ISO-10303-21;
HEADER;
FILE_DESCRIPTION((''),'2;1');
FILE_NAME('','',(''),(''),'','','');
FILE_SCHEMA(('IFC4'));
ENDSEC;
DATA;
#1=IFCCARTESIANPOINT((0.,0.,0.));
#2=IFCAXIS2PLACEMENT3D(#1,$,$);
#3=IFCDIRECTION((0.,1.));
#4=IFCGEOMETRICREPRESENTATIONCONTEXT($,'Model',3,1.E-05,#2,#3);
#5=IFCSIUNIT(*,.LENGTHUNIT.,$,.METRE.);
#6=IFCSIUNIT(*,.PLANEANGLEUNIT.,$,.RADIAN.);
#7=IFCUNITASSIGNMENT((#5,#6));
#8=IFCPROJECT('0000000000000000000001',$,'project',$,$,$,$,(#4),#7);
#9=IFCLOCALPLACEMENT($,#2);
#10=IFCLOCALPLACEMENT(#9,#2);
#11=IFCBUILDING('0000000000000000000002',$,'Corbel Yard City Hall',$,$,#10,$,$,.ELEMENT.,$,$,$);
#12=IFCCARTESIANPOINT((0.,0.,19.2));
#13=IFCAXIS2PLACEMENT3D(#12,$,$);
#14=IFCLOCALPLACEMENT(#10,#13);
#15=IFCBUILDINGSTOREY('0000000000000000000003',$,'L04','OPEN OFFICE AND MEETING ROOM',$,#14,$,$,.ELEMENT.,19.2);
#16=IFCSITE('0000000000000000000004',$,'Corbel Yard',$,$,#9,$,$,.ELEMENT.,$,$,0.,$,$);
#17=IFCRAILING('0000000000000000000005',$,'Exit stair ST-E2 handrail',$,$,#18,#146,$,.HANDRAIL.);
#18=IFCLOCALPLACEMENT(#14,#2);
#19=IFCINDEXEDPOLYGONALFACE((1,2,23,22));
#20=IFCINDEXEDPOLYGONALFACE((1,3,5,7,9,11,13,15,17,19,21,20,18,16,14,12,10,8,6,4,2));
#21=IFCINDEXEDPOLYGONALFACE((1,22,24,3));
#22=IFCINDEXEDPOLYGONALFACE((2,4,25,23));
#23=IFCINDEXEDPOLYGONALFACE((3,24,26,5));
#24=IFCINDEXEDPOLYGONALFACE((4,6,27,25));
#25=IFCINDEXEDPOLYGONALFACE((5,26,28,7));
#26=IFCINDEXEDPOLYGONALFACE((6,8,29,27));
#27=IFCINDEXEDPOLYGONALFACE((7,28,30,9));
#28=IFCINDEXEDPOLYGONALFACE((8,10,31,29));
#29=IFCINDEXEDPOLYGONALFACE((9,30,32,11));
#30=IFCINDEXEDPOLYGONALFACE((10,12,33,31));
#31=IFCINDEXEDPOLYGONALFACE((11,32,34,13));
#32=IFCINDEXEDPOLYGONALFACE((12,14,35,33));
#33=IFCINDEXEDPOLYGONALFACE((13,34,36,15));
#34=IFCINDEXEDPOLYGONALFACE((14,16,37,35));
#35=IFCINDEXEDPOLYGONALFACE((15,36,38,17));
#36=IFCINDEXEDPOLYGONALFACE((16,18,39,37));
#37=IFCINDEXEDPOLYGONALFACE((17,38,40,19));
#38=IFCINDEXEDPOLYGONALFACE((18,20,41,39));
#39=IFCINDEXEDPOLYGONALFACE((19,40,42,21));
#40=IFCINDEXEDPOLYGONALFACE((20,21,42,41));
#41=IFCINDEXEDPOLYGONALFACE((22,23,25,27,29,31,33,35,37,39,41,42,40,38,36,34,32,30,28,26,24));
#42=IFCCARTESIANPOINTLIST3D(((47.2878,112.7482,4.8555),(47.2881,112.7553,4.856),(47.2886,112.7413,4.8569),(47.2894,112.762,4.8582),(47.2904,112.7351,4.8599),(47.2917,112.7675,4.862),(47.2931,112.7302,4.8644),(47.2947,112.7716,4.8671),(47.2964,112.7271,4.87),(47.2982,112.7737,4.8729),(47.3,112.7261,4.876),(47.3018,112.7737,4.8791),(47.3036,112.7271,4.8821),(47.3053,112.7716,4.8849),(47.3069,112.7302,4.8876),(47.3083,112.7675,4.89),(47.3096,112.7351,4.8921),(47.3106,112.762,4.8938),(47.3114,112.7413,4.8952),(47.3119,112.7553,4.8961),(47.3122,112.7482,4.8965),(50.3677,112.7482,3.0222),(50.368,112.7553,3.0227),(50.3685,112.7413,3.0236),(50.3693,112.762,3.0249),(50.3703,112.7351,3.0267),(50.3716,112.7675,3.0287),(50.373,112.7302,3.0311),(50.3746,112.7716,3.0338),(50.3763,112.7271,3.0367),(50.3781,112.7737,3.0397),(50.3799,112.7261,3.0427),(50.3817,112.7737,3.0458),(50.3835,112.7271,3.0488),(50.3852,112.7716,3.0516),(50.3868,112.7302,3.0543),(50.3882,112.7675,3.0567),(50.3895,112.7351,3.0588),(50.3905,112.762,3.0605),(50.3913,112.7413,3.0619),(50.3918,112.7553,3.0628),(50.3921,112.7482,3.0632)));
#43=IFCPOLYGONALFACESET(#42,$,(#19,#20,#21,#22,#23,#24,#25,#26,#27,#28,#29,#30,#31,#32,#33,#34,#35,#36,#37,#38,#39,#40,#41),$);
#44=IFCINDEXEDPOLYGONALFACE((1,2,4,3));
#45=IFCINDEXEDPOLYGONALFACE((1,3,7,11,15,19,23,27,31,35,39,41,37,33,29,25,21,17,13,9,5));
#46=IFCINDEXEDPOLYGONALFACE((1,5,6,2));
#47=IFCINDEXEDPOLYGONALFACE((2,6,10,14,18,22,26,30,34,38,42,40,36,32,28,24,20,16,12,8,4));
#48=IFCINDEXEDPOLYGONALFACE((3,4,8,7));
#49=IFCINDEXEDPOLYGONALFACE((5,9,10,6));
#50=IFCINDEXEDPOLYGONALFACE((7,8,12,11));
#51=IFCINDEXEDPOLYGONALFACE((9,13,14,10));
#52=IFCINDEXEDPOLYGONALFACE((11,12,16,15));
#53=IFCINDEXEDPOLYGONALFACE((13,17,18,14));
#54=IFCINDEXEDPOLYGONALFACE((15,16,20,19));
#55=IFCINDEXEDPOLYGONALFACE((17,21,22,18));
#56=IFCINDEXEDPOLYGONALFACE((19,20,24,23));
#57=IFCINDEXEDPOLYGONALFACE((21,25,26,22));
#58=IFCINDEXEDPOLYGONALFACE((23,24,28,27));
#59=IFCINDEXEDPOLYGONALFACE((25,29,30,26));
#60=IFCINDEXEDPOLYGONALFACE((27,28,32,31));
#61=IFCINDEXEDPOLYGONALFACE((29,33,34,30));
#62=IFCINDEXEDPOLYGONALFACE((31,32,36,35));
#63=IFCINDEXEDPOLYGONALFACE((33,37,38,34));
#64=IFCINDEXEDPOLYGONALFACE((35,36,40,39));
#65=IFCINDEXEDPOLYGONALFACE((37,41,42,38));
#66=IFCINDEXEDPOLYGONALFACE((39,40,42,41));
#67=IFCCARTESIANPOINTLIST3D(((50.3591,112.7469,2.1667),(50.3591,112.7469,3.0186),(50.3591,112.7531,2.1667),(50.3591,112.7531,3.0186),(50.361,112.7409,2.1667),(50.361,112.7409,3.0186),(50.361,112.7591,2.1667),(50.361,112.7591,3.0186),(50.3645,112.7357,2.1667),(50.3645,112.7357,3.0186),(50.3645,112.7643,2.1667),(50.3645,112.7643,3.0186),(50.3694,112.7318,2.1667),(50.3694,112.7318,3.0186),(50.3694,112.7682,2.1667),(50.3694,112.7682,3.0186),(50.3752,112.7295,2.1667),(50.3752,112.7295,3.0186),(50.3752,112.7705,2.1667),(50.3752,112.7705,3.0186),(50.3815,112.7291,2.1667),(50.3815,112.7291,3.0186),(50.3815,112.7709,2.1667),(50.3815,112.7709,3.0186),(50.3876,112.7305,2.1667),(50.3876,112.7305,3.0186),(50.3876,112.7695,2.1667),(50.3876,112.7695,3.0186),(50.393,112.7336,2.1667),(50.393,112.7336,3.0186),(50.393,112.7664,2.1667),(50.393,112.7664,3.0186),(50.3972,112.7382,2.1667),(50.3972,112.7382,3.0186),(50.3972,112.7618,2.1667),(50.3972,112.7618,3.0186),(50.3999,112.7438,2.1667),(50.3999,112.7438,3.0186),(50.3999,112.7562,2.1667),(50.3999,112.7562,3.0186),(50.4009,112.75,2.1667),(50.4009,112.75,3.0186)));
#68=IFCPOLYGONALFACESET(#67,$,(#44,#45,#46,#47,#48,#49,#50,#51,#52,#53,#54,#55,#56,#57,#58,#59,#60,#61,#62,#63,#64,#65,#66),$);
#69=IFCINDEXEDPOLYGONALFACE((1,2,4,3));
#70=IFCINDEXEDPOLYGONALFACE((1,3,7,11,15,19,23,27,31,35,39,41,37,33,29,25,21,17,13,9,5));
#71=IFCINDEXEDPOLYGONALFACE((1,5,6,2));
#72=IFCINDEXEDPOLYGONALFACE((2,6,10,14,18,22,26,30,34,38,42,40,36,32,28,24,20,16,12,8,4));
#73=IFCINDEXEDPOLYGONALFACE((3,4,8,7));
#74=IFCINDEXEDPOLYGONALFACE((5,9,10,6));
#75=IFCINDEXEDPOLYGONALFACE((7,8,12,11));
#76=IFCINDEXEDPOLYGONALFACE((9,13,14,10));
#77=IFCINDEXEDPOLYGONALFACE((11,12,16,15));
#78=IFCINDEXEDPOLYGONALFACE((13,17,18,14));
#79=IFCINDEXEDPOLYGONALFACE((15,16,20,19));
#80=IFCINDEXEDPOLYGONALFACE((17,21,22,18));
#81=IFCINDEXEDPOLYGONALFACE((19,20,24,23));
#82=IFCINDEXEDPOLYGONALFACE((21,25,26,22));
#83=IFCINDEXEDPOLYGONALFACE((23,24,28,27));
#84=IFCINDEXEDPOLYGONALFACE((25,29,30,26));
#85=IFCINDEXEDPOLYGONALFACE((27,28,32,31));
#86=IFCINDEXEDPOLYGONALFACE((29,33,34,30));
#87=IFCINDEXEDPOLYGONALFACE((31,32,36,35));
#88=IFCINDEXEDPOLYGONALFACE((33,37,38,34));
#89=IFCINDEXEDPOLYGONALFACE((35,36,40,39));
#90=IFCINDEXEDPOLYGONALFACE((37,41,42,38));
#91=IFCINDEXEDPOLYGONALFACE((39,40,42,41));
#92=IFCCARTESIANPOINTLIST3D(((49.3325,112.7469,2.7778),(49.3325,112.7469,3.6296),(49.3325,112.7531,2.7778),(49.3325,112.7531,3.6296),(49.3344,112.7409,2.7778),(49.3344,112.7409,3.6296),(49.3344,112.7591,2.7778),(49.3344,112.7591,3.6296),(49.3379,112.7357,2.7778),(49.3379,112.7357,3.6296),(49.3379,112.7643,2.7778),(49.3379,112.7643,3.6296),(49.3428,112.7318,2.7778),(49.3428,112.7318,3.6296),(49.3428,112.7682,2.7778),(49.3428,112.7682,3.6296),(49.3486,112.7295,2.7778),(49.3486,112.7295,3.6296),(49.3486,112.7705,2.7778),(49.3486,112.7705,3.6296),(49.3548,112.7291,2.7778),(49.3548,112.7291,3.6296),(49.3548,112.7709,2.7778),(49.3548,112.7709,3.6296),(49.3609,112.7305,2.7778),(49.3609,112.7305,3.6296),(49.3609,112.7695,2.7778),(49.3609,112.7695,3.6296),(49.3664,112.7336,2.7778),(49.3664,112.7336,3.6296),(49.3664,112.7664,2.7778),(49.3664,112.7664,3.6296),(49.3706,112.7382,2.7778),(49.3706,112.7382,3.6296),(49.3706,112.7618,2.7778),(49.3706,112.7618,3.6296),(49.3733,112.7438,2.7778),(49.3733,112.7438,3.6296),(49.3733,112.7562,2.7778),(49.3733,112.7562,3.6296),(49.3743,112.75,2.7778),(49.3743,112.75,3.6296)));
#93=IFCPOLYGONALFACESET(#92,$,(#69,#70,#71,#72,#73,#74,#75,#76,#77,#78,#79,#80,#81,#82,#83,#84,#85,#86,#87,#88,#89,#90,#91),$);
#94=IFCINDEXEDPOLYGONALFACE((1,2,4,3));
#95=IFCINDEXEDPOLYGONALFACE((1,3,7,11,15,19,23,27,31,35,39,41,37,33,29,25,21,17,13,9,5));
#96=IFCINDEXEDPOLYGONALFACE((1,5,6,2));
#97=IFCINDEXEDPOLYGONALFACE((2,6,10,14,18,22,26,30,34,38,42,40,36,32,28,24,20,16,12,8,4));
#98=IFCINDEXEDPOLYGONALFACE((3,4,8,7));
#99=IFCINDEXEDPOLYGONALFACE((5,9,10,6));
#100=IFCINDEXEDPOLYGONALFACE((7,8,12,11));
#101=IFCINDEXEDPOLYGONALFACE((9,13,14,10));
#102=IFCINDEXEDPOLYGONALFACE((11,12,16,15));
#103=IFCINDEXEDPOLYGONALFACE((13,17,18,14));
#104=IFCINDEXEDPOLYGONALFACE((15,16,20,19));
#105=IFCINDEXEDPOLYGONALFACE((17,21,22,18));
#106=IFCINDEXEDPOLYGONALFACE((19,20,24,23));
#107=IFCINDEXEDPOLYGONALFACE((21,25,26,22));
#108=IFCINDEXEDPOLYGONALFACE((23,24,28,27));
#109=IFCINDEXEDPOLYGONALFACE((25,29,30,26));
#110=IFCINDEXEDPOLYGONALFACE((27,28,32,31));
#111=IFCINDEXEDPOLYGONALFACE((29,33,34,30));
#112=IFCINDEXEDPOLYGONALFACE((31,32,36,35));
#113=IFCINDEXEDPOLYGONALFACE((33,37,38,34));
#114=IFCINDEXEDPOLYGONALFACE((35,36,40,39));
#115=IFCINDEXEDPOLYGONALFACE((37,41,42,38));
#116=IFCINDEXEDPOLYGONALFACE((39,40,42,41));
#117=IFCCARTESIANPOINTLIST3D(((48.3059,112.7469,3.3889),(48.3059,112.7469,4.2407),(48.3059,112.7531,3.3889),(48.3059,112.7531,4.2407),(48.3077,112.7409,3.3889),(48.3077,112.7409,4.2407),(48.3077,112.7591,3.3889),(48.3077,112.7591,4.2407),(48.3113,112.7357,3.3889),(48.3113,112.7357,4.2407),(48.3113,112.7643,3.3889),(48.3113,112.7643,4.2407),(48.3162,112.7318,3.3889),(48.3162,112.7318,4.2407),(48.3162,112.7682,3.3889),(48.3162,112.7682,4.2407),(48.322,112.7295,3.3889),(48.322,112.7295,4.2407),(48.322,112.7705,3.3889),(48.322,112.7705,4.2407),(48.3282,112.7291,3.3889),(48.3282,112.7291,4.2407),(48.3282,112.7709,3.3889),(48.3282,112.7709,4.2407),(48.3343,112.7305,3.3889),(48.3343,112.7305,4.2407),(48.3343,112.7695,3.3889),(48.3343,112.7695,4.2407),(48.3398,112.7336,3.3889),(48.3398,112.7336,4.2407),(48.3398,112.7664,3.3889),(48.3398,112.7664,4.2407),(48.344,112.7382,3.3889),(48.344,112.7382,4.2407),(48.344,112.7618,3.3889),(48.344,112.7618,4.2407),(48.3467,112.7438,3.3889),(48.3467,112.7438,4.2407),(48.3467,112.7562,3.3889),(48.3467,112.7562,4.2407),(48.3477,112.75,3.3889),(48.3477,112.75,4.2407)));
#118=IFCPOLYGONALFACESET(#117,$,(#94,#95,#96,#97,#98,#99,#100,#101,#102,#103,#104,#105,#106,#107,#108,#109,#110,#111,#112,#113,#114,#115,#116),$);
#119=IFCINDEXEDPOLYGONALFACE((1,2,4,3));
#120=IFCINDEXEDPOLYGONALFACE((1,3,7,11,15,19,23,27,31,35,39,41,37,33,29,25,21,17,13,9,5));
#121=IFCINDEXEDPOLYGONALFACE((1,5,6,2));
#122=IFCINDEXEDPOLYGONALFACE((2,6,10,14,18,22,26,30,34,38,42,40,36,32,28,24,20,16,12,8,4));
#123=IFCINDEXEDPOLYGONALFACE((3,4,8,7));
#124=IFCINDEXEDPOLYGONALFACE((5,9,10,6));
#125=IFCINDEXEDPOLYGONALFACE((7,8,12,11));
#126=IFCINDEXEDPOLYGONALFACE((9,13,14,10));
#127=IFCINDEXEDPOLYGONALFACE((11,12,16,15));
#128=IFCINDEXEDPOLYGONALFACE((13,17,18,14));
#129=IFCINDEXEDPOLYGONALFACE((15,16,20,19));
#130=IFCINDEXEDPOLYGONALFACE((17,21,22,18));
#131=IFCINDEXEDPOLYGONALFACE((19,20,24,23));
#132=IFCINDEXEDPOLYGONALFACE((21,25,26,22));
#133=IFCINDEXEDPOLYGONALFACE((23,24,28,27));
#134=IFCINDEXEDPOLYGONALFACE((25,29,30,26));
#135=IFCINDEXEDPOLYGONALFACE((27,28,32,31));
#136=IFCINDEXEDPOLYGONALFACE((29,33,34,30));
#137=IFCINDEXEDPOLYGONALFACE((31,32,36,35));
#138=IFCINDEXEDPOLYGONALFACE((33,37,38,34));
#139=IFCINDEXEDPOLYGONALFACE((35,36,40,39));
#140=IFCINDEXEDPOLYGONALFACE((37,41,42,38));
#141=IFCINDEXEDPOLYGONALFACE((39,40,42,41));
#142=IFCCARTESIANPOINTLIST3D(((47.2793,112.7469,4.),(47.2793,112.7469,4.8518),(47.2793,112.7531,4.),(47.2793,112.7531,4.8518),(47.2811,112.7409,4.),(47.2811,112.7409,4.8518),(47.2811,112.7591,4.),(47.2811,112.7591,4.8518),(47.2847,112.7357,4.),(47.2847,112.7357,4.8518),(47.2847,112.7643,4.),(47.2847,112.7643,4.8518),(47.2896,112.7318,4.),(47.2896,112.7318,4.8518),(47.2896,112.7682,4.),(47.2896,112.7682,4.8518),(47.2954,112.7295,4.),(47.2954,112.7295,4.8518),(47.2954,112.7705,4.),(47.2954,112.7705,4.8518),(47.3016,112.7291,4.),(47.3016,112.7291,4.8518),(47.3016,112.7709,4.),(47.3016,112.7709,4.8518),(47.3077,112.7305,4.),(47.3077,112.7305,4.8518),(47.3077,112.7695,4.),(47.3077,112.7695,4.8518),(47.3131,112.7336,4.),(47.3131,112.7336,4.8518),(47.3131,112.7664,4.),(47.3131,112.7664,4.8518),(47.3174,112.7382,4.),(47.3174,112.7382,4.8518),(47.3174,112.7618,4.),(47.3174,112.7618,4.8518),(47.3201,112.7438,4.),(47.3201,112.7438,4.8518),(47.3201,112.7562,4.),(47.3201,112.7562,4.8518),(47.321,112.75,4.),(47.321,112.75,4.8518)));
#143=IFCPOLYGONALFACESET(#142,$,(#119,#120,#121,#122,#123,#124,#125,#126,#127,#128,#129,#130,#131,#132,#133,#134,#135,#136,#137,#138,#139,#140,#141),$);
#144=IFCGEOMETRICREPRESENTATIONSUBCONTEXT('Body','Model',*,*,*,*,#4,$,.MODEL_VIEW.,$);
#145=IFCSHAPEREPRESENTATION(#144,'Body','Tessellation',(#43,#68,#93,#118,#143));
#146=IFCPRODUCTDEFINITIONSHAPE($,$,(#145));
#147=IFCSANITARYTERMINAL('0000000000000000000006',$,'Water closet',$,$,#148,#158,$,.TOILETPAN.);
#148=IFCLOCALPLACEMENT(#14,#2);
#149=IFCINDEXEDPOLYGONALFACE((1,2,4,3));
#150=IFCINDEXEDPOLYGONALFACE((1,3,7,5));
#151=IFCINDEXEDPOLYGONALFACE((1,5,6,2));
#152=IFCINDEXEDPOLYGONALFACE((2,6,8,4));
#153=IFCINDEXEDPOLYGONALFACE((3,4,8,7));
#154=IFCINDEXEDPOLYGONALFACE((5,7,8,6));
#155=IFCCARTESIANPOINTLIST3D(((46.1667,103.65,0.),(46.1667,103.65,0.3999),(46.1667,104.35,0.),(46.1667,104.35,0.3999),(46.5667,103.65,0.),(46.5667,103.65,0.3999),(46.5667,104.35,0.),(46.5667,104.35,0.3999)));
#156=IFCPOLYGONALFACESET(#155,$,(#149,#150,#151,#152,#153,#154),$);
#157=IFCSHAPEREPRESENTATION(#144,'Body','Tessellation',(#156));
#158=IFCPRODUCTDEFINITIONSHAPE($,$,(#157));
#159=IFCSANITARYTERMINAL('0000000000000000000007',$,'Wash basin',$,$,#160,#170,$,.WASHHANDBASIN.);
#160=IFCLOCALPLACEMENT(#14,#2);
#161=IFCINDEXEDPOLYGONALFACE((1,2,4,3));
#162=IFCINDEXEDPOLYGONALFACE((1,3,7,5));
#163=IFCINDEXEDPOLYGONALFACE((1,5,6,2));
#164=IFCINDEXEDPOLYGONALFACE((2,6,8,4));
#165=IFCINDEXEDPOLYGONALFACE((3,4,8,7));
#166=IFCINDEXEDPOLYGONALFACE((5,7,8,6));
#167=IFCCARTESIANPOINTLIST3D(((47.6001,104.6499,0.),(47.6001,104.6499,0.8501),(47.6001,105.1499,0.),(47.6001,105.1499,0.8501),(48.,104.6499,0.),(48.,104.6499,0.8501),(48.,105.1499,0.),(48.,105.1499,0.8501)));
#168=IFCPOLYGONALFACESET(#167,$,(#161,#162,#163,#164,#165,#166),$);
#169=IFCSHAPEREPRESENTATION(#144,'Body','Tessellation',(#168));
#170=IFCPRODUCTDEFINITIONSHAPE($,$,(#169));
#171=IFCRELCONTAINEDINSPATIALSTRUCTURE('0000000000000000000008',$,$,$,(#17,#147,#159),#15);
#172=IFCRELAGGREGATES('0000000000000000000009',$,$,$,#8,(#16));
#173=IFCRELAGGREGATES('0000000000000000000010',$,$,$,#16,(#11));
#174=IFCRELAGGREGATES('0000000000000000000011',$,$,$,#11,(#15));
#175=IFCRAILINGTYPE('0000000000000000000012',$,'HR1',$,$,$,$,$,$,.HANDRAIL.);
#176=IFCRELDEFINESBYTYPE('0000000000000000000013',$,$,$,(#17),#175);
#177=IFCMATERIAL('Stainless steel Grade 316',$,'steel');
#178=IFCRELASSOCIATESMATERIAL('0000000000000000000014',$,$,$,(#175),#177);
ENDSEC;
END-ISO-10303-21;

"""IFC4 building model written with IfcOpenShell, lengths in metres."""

from ifc_helpers import new_model, si_unit, direction, frame, origin, origin_2d, place, context, subcontext, project, spatial, rectangle, circle, extrude, material, type_object, element, save


model = new_model("IFC4")

# Units and contexts
model_context = context("Model", 3, precision=1e-05, world=origin(), true_north=direction((0.0, 1.0)))
body_context = subcontext(model_context, "Body", "Model", "MODEL_VIEW")
ifc_project = project(units=[si_unit("LENGTHUNIT", "METRE"), si_unit("PLANEANGLEUNIT", "RADIAN")], contexts=[model_context])

# Site, building, storey
site_placement = place(None, origin())
site = spatial("IfcSite", under=ifc_project, at=site_placement, Name="Corbel Yard", CompositionType="ELEMENT", RefElevation=0.0)
building_placement = place(site_placement, origin())
building = spatial("IfcBuilding", under=site, at=building_placement, Name="Corbel Yard City Hall", CompositionType="ELEMENT")
storey_placement = place(building_placement, frame((0.0, 0.0, 19.2)))
storey = spatial("IfcBuildingStorey", under=building, at=storey_placement, Name="L04", Description="OPEN OFFICE AND MEETING ROOM", CompositionType="ELEMENT", Elevation=19.2)

# Shared definitions
ifc_material_1 = material(Name="Stainless steel Grade 316", Category="steel")

# Railing
railing_type = type_object("IfcRailingType", Name="HR1", PredefinedType="HANDRAIL", material=ifc_material_1)
for number, where, name in (
    (1, (50.3799, 112.75, 2.1667), "Exit stair ST-E2 handrail"),
):
    element("IfcRailing", number, at=place(storey_placement, frame(where)), inside=storey, type_object=railing_type, Name=name, PredefinedType="HANDRAIL", context=body_context, shape_type="SweptSolid", body=[
        extrude(circle(Radius=0.0239, at=origin_2d()), frame((0.0, 0.0, 0.876), z_axis=(-0.859291, 0.0, 0.511487), x_axis=(0.0, -1.0, 0.0)), (0.0, 0.0, 1.0), 3.5842),
        extrude(circle(Radius=0.021, at=origin_2d()), origin(), (0.0, 0.0, 1.0), 0.8518),
        extrude(circle(Radius=0.021, at=origin_2d()), frame((-1.0266, 0.0, 0.6111)), (0.0, 0.0, 1.0), 0.8518),
        extrude(circle(Radius=0.021, at=origin_2d()), frame((-2.0532, 0.0, 1.2222)), (0.0, 0.0, 1.0), 0.8518),
        extrude(circle(Radius=0.021, at=origin_2d()), frame((-3.0798, 0.0, 1.8333)), (0.0, 0.0, 1.0), 0.8518),
    ])

# Sanitary terminals
sanitary_terminal_1_placement = place(storey_placement, frame((46.3667, 104.0, 0.0), z_axis=(0.0, 0.0, 1.0), x_axis=(1.0, 0.0, 0.0)))
element("IfcSanitaryTerminal", 2, at=sanitary_terminal_1_placement, inside=storey, Name="Water closet", PredefinedType="TOILETPAN", context=body_context, shape_type="SweptSolid", body=[
    extrude(rectangle(XDim=0.3999, YDim=0.7, at=origin_2d()), origin(), (0.0, 0.0, 1.0), 0.3999),
])
sanitary_terminal_2_placement = place(storey_placement, frame((47.8, 104.8999, 0.0), z_axis=(0.0, 0.0, 1.0), x_axis=(1.0, 0.0, 0.0)))
element("IfcSanitaryTerminal", 3, at=sanitary_terminal_2_placement, inside=storey, Name="Wash basin", PredefinedType="WASHHANDBASIN", context=body_context, shape_type="SweptSolid", body=[
    extrude(rectangle(XDim=0.3999, YDim=0.5, at=origin_2d()), origin(), (0.0, 0.0, 1.0), 0.8501),
])

save(model, "model.ifc")
